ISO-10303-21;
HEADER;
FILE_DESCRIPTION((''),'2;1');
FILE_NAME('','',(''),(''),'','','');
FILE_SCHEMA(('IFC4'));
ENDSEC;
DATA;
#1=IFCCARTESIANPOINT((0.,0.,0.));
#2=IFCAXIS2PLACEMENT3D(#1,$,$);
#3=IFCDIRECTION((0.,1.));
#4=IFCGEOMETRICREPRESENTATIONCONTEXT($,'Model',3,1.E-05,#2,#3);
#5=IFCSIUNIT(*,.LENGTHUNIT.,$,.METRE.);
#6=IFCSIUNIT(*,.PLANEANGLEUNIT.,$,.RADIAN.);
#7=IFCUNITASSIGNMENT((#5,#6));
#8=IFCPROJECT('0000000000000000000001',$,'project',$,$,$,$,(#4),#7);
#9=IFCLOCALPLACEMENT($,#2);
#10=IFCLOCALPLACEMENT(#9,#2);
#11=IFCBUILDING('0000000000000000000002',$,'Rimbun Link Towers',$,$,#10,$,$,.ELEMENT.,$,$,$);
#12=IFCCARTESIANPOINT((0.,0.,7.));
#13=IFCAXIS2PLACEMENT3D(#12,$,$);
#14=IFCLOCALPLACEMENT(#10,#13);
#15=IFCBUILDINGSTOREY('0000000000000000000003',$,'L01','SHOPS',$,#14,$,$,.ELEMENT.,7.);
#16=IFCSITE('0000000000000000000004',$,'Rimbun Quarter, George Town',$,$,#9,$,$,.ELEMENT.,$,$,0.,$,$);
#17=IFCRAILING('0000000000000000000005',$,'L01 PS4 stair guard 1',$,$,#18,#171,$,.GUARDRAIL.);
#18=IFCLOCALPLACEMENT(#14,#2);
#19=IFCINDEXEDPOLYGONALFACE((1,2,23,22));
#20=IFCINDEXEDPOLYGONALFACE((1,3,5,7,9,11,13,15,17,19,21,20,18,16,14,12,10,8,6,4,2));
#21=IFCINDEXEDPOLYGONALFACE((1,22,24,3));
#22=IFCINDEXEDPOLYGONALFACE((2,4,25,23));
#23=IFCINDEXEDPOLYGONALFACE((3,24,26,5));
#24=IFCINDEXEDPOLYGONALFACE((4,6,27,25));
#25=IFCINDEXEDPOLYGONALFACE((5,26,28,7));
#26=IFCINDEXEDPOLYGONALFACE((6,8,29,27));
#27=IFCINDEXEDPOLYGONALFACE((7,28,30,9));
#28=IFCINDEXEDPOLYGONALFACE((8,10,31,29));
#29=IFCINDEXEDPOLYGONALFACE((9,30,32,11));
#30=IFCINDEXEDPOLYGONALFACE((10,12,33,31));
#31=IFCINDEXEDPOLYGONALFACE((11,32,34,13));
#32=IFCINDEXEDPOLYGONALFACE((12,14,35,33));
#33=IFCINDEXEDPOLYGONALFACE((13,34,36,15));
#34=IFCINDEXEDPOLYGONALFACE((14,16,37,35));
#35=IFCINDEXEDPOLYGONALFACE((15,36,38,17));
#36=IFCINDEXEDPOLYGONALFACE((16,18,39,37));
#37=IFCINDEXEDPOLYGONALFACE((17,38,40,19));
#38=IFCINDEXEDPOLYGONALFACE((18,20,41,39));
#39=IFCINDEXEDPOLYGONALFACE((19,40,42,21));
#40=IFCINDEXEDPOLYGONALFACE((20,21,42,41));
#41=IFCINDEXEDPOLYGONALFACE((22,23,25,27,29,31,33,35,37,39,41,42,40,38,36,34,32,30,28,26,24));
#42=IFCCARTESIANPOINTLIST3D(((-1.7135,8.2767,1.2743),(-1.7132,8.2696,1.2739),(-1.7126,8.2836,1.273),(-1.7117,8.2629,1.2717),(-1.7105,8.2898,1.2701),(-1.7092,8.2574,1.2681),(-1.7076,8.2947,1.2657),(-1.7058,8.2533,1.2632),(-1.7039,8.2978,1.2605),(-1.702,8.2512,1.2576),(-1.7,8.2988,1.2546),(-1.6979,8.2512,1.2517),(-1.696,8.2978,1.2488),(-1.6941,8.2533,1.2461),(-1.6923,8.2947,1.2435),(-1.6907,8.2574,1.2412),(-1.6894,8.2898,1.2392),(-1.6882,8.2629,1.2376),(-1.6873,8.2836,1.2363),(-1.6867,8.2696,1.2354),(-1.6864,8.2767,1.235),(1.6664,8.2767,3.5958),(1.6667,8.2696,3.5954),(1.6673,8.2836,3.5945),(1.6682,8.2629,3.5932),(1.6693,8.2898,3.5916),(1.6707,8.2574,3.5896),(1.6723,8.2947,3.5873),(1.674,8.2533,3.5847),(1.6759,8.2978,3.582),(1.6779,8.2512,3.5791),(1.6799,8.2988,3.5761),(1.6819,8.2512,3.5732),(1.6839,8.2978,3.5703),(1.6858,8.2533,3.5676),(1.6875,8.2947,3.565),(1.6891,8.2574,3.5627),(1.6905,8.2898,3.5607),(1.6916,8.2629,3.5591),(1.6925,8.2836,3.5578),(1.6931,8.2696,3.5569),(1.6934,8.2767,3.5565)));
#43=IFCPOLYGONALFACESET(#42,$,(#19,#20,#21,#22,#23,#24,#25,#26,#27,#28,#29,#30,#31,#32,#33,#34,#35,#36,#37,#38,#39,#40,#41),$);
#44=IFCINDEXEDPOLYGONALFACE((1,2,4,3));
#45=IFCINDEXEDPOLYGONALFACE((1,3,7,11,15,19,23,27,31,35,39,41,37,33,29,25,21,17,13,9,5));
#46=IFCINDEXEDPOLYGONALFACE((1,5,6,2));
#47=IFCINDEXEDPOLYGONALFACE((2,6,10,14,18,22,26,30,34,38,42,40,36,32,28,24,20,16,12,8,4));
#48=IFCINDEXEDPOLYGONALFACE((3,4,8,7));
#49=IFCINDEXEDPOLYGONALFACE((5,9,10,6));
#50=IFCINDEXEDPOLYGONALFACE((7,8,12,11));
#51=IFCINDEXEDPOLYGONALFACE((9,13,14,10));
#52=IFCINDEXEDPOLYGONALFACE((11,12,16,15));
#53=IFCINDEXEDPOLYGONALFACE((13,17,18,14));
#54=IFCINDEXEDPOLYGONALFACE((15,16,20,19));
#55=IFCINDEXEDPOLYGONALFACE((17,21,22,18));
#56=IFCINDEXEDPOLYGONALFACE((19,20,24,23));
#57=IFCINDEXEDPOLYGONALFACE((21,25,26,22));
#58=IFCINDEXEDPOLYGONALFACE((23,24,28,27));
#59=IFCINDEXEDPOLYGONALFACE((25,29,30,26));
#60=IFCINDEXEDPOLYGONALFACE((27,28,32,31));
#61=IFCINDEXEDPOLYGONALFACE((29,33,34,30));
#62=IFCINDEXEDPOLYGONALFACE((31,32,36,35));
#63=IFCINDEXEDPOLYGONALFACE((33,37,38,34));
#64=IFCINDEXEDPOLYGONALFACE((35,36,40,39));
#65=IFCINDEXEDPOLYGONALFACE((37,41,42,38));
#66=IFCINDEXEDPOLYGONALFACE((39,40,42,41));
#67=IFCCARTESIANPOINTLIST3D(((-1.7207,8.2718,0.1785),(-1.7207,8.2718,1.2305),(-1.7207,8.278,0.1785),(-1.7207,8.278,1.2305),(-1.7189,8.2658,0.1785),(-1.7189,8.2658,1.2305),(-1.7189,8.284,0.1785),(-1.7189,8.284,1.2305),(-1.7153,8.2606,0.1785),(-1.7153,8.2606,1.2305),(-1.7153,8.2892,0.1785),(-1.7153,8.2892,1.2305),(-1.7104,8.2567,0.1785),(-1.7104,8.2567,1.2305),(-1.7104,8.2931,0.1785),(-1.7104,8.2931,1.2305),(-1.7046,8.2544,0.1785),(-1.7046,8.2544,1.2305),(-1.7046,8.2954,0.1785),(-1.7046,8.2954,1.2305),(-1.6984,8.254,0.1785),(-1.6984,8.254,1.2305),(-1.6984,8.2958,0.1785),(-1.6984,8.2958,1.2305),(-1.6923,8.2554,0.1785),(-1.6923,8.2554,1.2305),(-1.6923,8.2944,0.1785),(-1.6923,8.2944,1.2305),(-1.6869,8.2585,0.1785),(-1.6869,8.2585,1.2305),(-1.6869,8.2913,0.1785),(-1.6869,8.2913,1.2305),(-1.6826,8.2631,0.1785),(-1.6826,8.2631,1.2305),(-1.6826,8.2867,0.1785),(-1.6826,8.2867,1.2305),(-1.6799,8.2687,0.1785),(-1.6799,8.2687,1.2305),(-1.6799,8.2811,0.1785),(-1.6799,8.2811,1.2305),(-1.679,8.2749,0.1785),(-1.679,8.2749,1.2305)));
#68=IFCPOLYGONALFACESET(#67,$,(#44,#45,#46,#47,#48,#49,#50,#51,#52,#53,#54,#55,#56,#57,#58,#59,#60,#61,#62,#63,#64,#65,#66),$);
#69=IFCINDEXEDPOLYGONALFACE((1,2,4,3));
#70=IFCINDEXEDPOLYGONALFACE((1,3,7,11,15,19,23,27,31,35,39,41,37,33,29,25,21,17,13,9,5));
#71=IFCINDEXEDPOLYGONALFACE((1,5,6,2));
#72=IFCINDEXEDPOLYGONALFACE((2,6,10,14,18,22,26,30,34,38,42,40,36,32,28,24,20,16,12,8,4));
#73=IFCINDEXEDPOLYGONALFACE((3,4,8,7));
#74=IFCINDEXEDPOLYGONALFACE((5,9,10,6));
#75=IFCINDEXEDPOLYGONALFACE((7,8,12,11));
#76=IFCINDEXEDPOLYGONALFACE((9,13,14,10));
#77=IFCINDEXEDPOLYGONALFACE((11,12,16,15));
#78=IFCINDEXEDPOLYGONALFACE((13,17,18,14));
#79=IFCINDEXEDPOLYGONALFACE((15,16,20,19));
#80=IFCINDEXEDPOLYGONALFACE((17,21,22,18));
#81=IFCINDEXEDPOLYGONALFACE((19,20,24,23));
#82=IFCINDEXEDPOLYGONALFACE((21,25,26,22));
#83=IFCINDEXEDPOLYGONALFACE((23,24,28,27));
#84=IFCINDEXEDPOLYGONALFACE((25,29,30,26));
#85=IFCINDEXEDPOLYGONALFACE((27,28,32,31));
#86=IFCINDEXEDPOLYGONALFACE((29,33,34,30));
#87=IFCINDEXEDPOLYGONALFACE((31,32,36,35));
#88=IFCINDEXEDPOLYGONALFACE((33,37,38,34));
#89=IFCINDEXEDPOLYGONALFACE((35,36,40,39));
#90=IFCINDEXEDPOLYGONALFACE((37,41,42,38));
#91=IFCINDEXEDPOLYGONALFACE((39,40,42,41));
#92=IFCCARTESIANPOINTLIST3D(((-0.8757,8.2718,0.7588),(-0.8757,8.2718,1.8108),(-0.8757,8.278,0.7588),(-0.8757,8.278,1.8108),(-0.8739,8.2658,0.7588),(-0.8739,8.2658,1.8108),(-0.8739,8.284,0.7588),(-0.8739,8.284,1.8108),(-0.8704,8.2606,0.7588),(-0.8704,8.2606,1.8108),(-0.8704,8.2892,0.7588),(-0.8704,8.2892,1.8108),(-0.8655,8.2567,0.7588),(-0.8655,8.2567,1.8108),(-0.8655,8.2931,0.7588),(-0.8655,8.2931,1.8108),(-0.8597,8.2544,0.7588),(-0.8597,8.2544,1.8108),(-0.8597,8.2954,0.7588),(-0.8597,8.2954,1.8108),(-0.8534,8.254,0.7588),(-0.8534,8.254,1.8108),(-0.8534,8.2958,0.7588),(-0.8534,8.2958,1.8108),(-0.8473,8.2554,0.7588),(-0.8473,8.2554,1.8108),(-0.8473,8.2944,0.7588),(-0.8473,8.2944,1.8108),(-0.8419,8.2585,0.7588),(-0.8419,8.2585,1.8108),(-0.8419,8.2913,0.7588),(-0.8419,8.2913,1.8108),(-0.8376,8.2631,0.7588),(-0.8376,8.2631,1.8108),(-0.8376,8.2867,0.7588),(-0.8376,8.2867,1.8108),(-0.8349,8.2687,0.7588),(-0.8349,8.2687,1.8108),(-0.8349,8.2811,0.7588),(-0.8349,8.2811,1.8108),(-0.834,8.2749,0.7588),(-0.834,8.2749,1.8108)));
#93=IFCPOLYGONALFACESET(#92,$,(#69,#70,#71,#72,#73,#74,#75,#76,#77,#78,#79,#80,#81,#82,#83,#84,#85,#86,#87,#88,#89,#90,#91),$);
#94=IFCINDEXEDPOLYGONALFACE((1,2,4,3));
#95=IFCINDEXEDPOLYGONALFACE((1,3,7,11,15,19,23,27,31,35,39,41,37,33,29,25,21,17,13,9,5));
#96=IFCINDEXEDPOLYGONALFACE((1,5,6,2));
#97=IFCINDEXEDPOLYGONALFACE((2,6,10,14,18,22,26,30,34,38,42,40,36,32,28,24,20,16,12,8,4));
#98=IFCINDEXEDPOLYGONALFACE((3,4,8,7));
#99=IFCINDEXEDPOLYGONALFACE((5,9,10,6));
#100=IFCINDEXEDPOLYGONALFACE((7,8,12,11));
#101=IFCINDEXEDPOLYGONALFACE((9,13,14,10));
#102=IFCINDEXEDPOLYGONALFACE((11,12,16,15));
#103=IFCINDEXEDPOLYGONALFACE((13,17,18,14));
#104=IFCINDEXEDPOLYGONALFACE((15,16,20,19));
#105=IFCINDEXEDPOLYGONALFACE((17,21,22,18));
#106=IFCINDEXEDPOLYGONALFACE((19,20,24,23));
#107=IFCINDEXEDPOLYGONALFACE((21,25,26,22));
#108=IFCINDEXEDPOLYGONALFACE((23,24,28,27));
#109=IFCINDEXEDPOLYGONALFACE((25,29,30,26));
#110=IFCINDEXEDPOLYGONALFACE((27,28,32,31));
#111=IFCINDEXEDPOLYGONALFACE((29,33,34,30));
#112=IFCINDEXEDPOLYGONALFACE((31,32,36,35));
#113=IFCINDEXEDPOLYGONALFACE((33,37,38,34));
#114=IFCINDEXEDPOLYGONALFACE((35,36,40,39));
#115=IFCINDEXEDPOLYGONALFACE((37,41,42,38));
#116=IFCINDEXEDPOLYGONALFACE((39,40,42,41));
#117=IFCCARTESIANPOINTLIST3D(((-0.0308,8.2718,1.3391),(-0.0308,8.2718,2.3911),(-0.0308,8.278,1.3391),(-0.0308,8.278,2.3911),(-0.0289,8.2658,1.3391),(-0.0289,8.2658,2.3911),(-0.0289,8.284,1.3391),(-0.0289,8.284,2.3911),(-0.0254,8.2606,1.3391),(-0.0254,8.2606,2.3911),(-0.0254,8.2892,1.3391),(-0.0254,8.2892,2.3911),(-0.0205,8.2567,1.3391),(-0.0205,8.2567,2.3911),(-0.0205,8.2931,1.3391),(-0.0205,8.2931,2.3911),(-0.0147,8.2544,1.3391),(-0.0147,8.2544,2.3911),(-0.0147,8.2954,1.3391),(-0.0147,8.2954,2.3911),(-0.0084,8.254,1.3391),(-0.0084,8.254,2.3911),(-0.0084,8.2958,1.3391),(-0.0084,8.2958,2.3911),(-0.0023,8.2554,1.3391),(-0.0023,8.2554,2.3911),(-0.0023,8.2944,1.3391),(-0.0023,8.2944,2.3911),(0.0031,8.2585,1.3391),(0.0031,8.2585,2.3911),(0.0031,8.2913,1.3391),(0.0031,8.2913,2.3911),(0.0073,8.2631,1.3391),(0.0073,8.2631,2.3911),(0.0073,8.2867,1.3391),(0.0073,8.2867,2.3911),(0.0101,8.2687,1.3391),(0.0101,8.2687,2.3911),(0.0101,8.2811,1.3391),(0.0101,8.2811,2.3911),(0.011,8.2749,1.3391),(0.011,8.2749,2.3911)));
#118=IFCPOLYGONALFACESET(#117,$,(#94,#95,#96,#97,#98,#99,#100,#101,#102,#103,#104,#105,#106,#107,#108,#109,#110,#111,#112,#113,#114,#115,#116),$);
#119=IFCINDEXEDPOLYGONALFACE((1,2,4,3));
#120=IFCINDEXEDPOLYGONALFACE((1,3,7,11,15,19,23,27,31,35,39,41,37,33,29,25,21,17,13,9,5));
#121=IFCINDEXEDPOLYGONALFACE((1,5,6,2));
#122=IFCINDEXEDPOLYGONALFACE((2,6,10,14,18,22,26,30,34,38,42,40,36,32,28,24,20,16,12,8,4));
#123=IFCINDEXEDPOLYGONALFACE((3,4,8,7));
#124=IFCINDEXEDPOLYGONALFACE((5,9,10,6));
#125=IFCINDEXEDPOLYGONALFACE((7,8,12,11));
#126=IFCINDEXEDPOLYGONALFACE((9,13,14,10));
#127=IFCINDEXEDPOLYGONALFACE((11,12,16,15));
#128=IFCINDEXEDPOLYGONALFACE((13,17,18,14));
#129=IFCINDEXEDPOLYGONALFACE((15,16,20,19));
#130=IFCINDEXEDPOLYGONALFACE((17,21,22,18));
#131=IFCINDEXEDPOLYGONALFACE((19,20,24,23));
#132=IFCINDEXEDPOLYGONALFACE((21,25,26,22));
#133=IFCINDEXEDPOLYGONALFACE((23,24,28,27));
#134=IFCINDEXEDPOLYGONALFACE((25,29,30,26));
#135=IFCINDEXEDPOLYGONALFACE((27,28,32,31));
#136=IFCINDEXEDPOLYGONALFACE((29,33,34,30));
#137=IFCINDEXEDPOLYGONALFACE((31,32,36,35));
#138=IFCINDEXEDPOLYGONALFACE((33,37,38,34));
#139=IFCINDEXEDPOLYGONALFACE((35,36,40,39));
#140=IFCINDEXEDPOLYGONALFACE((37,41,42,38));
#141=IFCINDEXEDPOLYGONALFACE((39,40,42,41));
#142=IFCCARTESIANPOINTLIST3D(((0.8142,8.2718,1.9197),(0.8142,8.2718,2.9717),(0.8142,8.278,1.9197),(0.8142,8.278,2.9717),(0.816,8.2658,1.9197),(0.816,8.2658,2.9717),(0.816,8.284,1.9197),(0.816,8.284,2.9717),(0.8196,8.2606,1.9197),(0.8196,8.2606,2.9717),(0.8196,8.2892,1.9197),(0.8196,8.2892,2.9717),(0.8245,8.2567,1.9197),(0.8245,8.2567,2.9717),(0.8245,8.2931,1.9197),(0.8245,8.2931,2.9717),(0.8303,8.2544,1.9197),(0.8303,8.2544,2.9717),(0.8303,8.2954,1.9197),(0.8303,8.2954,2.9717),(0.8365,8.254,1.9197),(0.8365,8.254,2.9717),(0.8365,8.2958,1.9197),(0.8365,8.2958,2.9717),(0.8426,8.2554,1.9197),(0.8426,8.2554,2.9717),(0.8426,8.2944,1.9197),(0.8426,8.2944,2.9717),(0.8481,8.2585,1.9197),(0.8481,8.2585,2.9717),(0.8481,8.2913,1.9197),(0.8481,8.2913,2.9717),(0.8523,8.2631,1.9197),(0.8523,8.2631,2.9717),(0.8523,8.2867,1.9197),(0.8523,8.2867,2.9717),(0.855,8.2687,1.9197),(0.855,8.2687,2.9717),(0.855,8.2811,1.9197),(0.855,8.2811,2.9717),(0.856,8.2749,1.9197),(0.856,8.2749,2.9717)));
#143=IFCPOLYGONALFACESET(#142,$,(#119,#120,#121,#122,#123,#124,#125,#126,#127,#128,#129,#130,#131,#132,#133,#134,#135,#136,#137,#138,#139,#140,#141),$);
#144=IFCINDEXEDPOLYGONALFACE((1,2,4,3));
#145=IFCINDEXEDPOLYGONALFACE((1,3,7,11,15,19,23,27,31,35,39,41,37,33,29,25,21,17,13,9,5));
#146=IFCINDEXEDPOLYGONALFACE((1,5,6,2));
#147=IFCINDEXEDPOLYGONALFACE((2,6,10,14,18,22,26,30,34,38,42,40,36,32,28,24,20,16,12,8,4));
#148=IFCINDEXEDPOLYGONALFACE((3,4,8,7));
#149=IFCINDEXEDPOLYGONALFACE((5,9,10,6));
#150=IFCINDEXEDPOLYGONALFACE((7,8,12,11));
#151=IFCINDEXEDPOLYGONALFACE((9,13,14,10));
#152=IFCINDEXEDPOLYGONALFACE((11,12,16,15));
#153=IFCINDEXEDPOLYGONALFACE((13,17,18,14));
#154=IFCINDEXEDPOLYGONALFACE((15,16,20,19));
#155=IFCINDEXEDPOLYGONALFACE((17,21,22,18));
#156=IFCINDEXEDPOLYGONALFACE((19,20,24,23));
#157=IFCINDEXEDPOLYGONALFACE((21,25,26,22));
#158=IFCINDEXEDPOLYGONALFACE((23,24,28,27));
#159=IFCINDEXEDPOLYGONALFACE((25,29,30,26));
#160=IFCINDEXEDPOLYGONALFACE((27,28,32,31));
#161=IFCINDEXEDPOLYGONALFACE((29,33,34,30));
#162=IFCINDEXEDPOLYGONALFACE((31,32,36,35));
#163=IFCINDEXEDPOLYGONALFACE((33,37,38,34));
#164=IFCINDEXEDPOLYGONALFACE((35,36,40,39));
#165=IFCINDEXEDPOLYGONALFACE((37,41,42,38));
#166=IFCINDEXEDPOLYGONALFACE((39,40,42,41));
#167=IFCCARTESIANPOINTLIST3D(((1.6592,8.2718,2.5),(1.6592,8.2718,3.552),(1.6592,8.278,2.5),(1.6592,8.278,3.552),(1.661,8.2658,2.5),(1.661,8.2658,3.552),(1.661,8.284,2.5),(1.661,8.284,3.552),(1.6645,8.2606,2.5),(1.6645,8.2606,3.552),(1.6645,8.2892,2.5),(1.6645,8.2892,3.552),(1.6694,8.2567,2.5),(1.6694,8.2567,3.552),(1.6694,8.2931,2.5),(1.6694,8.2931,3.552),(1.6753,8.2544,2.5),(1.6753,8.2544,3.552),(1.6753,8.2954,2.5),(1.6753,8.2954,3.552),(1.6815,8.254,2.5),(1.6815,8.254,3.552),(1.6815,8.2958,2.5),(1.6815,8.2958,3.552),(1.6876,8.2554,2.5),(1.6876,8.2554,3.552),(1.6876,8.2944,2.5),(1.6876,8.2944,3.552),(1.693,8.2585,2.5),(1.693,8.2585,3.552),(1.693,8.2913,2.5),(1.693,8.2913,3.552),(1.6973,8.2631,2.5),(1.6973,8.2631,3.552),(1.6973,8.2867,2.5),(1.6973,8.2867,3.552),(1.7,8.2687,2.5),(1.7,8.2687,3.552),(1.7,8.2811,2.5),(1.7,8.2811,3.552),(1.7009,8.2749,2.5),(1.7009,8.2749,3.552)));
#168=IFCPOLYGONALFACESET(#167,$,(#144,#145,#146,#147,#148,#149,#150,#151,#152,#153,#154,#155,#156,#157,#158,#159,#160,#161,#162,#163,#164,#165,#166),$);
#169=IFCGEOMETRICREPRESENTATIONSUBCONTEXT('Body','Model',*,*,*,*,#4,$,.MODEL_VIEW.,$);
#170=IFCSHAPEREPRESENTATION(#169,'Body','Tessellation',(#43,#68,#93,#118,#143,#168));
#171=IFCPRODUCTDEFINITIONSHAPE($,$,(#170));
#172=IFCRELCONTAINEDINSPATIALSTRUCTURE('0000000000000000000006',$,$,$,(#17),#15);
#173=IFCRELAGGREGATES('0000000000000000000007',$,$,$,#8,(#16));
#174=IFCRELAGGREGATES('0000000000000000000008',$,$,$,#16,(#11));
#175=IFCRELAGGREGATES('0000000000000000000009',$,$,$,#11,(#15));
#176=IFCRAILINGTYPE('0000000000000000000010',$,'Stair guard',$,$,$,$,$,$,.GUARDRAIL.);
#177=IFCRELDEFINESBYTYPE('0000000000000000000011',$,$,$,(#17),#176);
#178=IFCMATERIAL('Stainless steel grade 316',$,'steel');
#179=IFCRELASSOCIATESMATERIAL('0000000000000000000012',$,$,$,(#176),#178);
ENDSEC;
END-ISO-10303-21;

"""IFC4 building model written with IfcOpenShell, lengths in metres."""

from ifc_helpers import new_model, si_unit, direction, frame, origin, origin_2d, place, context, subcontext, project, spatial, circle, extrude, material, type_object, element, save


model = new_model("IFC4")

# Units and contexts
model_context = context("Model", 3, precision=1e-05, world=origin(), true_north=direction((0.0, 1.0)))
body_context = subcontext(model_context, "Body", "Model", "MODEL_VIEW")
ifc_project = project(units=[si_unit("LENGTHUNIT", "METRE"), si_unit("PLANEANGLEUNIT", "RADIAN")], contexts=[model_context])

# Site, building, storey
site_placement = place(None, origin())
site = spatial("IfcSite", under=ifc_project, at=site_placement, Name="Rimbun Quarter, George Town", CompositionType="ELEMENT", RefElevation=0.0)
building_placement = place(site_placement, origin())
building = spatial("IfcBuilding", under=site, at=building_placement, Name="Rimbun Link Towers", CompositionType="ELEMENT")
storey_placement = place(building_placement, frame((0.0, 0.0, 7.0)))
storey = spatial("IfcBuildingStorey", under=building, at=storey_placement, Name="L01", Description="SHOPS", CompositionType="ELEMENT", Elevation=7.0)

# Railing
ifc_material_1 = material(Name="Stainless steel grade 316", Category="steel")
railing_type_1 = type_object("IfcRailingType", Name="Stair guard", PredefinedType="GUARDRAIL", material=ifc_material_1)
railing_1_placement = place(storey_placement, frame((-1.7, 8.2749, 0.1785)))
element("IfcRailing", 1, at=railing_1_placement, inside=storey, type_object=railing_type_1, Name="L01 PS4 stair guard 1", PredefinedType="GUARDRAIL", context=body_context, shape_type="SweptSolid", body=[
    extrude(circle(Radius=0.0239, at=origin_2d()), frame((0.0, 0.0, 1.0762), z_axis=(0.824285, 0.0, 0.566175), x_axis=(0.0, 1.0, 0.0)), (0.0, 0.0, 1.0), 4.1003),
    extrude(circle(Radius=0.021, at=origin_2d()), origin(), (0.0, 0.0, 1.0), 1.052),
    extrude(circle(Radius=0.021, at=origin_2d()), frame((0.845, 0.0, 0.5803)), (0.0, 0.0, 1.0), 1.052),
    extrude(circle(Radius=0.021, at=origin_2d()), frame((1.6899, 0.0, 1.1606)), (0.0, 0.0, 1.0), 1.052),
    extrude(circle(Radius=0.021, at=origin_2d()), frame((2.5349, 0.0, 1.7412)), (0.0, 0.0, 1.0), 1.052),
    extrude(circle(Radius=0.021, at=origin_2d()), frame((3.3799, 0.0, 2.3215)), (0.0, 0.0, 1.0), 1.052),
])

save(model, "model.ifc")
